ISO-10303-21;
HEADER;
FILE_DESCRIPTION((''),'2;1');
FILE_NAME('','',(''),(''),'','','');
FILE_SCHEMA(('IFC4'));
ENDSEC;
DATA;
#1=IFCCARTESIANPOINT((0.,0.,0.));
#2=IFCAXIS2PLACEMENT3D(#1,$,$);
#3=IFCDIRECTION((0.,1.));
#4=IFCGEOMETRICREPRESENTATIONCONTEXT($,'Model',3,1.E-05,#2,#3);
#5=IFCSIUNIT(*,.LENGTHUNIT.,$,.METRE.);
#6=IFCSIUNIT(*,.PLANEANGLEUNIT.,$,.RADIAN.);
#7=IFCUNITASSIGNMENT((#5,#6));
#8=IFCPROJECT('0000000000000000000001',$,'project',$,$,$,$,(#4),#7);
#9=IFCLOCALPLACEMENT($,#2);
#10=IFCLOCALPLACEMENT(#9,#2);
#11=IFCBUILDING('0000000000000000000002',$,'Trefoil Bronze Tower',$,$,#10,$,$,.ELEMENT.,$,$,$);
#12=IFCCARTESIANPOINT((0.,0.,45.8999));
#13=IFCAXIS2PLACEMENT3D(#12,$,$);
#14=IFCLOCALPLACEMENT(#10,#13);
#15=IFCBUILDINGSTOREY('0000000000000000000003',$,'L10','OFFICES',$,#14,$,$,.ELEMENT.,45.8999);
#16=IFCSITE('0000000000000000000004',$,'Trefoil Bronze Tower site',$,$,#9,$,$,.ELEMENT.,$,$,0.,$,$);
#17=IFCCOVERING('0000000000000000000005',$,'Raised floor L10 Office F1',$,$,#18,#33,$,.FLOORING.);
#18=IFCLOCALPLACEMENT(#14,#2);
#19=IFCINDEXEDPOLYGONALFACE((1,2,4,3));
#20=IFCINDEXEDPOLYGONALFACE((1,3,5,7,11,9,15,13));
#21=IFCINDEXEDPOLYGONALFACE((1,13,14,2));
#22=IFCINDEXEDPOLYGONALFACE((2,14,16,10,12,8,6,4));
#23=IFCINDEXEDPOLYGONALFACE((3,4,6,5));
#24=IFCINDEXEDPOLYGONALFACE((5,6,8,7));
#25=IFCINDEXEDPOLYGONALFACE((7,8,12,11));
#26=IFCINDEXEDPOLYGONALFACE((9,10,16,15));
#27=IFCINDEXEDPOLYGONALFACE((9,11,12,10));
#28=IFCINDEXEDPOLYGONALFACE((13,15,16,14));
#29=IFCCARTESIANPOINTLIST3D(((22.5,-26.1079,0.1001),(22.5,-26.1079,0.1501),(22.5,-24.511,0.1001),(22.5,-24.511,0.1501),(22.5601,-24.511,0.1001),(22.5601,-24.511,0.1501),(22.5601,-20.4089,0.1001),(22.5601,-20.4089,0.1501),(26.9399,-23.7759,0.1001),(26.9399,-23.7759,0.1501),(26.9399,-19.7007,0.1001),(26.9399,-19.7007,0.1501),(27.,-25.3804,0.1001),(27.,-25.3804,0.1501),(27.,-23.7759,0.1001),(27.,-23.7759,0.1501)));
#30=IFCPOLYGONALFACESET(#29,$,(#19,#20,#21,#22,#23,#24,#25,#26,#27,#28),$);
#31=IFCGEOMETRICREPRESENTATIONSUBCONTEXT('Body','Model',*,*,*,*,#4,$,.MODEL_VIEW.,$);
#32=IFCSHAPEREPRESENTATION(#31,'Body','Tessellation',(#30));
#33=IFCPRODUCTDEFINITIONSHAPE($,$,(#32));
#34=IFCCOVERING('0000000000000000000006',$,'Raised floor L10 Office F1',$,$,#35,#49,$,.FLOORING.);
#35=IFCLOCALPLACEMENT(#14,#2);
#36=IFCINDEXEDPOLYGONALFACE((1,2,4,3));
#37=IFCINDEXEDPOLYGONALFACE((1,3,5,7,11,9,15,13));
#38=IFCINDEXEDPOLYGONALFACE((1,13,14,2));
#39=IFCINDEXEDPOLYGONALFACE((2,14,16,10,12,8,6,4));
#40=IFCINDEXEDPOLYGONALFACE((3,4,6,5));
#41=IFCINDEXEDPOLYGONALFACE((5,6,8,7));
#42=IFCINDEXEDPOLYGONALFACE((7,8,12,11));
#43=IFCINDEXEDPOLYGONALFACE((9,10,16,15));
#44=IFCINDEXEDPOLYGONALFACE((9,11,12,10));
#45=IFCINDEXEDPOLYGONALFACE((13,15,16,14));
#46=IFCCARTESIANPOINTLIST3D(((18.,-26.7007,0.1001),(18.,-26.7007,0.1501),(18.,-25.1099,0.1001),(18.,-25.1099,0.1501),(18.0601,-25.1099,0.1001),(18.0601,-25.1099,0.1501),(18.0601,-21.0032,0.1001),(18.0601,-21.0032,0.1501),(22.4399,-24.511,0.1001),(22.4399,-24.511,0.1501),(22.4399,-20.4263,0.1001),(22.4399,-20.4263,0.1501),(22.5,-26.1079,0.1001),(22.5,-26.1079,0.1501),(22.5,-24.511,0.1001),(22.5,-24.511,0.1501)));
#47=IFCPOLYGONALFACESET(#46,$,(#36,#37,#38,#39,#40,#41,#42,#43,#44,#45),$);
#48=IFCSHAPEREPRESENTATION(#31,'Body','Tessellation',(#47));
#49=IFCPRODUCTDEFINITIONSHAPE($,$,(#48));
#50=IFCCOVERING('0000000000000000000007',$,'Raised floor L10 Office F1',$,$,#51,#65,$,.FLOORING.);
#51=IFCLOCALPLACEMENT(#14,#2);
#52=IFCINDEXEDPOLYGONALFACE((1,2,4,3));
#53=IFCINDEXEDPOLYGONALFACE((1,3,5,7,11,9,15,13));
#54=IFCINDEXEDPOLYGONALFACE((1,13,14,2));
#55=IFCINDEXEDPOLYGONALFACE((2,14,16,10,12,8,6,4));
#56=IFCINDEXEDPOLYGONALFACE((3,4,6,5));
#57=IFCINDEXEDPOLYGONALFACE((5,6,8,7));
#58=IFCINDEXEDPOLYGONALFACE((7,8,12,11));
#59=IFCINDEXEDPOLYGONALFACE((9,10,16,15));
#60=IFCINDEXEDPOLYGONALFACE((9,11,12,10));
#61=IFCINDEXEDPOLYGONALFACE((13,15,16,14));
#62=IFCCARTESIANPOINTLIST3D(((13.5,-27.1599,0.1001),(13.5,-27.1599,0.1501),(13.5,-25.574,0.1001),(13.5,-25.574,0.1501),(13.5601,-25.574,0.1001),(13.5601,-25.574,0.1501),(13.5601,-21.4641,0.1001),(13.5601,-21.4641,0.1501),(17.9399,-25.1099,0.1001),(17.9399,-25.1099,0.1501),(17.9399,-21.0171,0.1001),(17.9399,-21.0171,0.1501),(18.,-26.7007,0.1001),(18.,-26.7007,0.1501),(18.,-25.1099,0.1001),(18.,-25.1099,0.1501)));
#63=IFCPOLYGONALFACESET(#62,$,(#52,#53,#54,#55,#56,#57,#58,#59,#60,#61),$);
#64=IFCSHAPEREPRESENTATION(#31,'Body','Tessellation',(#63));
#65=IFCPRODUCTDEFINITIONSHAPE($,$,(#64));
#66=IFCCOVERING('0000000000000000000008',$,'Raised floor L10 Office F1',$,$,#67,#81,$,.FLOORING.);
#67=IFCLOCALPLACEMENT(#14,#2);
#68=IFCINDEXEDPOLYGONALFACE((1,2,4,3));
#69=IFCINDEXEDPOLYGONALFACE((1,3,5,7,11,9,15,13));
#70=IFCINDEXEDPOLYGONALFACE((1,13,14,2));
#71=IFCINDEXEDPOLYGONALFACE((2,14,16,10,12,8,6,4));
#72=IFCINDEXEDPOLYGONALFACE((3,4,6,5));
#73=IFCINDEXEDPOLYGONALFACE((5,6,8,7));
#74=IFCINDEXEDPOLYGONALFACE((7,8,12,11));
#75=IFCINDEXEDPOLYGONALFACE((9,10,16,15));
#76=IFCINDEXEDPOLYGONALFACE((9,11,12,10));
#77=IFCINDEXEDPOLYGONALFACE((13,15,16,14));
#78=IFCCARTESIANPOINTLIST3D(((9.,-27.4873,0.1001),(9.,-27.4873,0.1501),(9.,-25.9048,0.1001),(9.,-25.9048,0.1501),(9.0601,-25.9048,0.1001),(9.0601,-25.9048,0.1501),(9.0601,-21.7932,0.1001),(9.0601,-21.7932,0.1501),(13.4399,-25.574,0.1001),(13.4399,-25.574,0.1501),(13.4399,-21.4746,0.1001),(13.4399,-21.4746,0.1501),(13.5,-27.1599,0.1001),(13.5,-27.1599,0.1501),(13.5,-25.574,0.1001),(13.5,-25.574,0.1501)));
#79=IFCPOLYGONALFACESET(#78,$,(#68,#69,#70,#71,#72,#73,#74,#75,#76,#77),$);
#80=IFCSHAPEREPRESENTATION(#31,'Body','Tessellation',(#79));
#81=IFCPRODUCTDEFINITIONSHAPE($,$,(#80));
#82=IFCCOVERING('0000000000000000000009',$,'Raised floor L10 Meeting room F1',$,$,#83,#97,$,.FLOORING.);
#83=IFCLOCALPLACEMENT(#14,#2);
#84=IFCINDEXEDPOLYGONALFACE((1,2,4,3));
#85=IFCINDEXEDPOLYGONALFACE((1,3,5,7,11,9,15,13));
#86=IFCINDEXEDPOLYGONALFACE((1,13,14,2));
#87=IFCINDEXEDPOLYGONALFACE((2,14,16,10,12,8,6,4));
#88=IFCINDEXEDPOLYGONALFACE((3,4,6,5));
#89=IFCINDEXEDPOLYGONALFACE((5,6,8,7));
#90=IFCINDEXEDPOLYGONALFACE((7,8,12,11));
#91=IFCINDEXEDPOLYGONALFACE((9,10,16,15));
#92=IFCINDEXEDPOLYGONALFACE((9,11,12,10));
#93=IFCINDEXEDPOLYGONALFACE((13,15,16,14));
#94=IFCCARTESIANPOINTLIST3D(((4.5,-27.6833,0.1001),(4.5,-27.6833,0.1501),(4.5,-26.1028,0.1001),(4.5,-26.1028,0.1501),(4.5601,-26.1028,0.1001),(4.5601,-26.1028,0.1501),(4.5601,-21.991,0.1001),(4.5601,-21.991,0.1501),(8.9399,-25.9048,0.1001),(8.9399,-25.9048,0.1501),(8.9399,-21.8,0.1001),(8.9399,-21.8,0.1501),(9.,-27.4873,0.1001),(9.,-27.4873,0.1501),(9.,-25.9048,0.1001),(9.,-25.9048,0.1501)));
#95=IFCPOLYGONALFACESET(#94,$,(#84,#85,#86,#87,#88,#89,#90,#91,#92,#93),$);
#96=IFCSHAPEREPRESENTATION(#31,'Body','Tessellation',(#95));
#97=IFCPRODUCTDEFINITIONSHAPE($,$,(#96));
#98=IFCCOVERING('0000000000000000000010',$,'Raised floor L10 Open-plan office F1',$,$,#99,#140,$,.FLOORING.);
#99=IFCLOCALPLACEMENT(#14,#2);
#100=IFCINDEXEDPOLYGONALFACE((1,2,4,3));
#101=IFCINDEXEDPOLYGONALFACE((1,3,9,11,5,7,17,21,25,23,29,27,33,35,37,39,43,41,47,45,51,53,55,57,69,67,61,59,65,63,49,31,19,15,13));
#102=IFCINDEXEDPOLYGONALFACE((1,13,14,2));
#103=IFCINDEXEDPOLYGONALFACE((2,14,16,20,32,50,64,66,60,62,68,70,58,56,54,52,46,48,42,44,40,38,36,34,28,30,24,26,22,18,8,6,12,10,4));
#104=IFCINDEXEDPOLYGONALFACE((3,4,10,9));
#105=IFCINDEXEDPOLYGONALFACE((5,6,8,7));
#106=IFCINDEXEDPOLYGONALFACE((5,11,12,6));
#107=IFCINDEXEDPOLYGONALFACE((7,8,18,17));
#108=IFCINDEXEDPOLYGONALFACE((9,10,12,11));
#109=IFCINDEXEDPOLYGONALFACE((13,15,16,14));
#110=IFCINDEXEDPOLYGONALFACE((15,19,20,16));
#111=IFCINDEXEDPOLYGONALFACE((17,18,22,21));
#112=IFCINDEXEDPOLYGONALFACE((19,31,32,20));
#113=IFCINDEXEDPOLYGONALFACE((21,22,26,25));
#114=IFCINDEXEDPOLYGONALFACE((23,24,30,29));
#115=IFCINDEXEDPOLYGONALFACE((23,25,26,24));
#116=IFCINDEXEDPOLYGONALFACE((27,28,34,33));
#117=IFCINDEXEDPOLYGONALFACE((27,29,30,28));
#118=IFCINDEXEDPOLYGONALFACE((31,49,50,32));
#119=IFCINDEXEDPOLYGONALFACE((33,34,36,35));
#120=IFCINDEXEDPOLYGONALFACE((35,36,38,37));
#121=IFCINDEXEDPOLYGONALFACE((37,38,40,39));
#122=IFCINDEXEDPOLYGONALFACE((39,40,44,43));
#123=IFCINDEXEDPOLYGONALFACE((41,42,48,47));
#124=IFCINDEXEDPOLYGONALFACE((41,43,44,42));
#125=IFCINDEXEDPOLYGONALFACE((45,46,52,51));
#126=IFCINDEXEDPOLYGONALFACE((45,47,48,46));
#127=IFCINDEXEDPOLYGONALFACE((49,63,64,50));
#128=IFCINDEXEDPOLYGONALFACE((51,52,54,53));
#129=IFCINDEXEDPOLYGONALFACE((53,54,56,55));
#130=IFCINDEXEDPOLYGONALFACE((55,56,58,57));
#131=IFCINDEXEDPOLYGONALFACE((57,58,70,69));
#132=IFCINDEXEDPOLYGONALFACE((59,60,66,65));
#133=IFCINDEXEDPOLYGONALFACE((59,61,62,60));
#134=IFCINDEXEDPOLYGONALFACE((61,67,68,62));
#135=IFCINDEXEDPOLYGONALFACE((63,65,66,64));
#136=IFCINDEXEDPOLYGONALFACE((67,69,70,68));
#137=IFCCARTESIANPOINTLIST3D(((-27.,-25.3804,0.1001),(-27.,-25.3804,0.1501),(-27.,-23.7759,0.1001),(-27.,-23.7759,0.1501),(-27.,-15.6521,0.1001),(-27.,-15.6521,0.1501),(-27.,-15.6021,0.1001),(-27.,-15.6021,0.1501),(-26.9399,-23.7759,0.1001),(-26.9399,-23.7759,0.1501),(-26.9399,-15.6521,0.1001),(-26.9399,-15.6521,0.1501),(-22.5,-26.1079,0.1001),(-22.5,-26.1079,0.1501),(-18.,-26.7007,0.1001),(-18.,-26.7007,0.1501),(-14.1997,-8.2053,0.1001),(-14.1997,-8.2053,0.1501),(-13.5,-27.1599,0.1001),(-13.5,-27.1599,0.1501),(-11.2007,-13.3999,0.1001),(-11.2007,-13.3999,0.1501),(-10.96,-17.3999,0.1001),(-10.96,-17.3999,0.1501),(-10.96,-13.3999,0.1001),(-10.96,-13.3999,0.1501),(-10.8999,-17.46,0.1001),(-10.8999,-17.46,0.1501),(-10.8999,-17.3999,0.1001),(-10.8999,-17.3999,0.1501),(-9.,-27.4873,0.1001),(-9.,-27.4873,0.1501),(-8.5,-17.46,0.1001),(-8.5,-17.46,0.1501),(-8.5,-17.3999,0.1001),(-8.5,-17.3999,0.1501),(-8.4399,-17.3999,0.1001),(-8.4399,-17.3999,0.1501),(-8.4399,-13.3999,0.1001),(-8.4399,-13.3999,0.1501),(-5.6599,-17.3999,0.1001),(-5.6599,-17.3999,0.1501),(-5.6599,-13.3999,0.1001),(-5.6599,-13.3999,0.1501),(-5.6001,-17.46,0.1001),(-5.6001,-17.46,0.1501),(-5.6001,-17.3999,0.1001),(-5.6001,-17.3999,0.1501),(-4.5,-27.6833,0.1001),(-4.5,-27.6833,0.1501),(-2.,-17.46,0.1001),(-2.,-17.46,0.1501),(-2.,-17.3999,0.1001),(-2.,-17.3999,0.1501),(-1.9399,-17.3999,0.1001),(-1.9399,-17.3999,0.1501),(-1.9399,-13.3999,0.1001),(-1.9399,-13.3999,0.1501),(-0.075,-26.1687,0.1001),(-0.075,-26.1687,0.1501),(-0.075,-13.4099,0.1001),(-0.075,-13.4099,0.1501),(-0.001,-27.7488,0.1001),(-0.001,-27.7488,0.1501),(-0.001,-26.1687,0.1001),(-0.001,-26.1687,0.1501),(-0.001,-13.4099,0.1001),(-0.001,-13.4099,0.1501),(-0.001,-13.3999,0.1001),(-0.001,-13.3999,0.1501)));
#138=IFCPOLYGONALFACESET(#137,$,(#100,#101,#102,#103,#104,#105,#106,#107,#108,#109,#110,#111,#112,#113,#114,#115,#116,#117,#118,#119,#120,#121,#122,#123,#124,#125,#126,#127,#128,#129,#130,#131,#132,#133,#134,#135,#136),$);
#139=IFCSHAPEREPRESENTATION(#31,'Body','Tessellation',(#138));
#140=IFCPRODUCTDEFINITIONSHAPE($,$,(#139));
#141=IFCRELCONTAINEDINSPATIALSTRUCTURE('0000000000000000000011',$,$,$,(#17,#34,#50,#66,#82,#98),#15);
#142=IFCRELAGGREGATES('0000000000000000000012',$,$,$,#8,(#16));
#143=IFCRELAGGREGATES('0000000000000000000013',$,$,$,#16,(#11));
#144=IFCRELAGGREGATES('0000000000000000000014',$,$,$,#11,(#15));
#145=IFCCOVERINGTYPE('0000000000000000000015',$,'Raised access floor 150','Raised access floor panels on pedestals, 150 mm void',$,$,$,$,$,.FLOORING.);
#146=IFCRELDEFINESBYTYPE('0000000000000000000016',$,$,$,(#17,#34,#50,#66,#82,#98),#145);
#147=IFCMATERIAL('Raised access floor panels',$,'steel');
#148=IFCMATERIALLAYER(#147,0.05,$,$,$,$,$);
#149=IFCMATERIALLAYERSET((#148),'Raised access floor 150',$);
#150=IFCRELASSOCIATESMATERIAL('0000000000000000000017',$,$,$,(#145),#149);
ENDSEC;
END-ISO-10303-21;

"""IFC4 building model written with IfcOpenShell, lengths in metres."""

from ifc_helpers import new_model, si_unit, direction, frame, origin, place, context, subcontext, project, spatial, polyline, outline, extrude, material, layer, layer_set, type_object, element, save


model = new_model("IFC4")

# Units and contexts
model_context = context("Model", 3, precision=1e-05, world=origin(), true_north=direction((0.0, 1.0)))
body_context = subcontext(model_context, "Body", "Model", "MODEL_VIEW")
ifc_project = project(units=[si_unit("LENGTHUNIT", "METRE"), si_unit("PLANEANGLEUNIT", "RADIAN")], contexts=[model_context])

# Site, building, storey
site_placement = place(None, origin())
site = spatial("IfcSite", under=ifc_project, at=site_placement, Name="Trefoil Bronze Tower site", CompositionType="ELEMENT", RefElevation=0.0)
building_placement = place(site_placement, origin())
building = spatial("IfcBuilding", under=site, at=building_placement, Name="Trefoil Bronze Tower", CompositionType="ELEMENT")
storey_placement = place(building_placement, frame((0.0, 0.0, 45.8999)))
storey = spatial("IfcBuildingStorey", under=building, at=storey_placement, Name="L10", Description="OFFICES", CompositionType="ELEMENT", Elevation=45.8999)

# Coverings
ifc_material_1 = material(Name="Raised access floor panels", Category="steel")
ifc_layer_1 = layer(ifc_material_1, 0.05)
ifc_layer_set_1 = layer_set([ifc_layer_1], Name="Raised access floor 150")
covering_type_1 = type_object("IfcCoveringType", Name="Raised access floor 150", Description="Raised access floor panels on pedestals, 150 mm void", PredefinedType="FLOORING", material=ifc_layer_set_1)
covering_1_placement = place(storey_placement, frame((0.0, 0.0, 0.1001)))
element("IfcCovering", 1, at=covering_1_placement, inside=storey, type_object=covering_type_1, Name="Raised floor L10 Office F1", PredefinedType="FLOORING", context=body_context, shape_type="SweptSolid", body=[
    extrude(outline(polyline([(27.0, -25.3804), (22.5, -26.1079), (22.5, -24.511), (22.5601, -24.511), (22.5601, -20.4089), (26.9399, -19.7007), (26.9399, -23.7759), (27.0, -23.7759), (27.0, -25.3804)])), origin(), (0.0, 0.0, 1.0), 0.05),
])
covering_2_placement = place(storey_placement, frame((0.0, 0.0, 0.1001)))
element("IfcCovering", 2, at=covering_2_placement, inside=storey, type_object=covering_type_1, Name="Raised floor L10 Office F1", PredefinedType="FLOORING", context=body_context, shape_type="SweptSolid", body=[
    extrude(outline(polyline([(22.5, -26.1079), (18.0, -26.7007), (18.0, -25.1099), (18.0601, -25.1099), (18.0601, -21.0032), (22.4399, -20.4263), (22.4399, -24.511), (22.5, -24.511), (22.5, -26.1079)])), origin(), (0.0, 0.0, 1.0), 0.05),
])
covering_3_placement = place(storey_placement, frame((0.0, 0.0, 0.1001)))
element("IfcCovering", 3, at=covering_3_placement, inside=storey, type_object=covering_type_1, Name="Raised floor L10 Office F1", PredefinedType="FLOORING", context=body_context, shape_type="SweptSolid", body=[
    extrude(outline(polyline([(18.0, -26.7007), (13.5, -27.1599), (13.5, -25.574), (13.5601, -25.574), (13.5601, -21.4641), (17.9399, -21.0171), (17.9399, -25.1099), (18.0, -25.1099), (18.0, -26.7007)])), origin(), (0.0, 0.0, 1.0), 0.05),
])
covering_4_placement = place(storey_placement, frame((0.0, 0.0, 0.1001)))
element("IfcCovering", 4, at=covering_4_placement, inside=storey, type_object=covering_type_1, Name="Raised floor L10 Office F1", PredefinedType="FLOORING", context=body_context, shape_type="SweptSolid", body=[
    extrude(outline(polyline([(13.5, -27.1599), (9.0, -27.4873), (9.0, -25.9048), (9.0601, -25.9048), (9.0601, -21.7932), (13.4399, -21.4746), (13.4399, -25.574), (13.5, -25.574), (13.5, -27.1599)])), origin(), (0.0, 0.0, 1.0), 0.05),
])
covering_5_placement = place(storey_placement, frame((0.0, 0.0, 0.1001)))
element("IfcCovering", 5, at=covering_5_placement, inside=storey, type_object=covering_type_1, Name="Raised floor L10 Meeting room F1", PredefinedType="FLOORING", context=body_context, shape_type="SweptSolid", body=[
    extrude(outline(polyline([(9.0, -27.4873), (4.5, -27.6833), (4.5, -26.1028), (4.5601, -26.1028), (4.5601, -21.991), (8.9399, -21.8), (8.9399, -25.9048), (9.0, -25.9048), (9.0, -27.4873)])), origin(), (0.0, 0.0, 1.0), 0.05),
])
covering_6_placement = place(storey_placement, frame((0.0, 0.0, 0.1001)))
element("IfcCovering", 6, at=covering_6_placement, inside=storey, type_object=covering_type_1, Name="Raised floor L10 Open-plan office F1", PredefinedType="FLOORING", context=body_context, shape_type="SweptSolid", body=[
    extrude(outline(polyline([(-14.1997, -8.2053), (-11.2007, -13.3999), (-10.96, -13.3999), (-10.96, -17.3999), (-10.8999, -17.3999), (-10.8999, -17.46), (-8.5, -17.46), (-8.5, -17.3999), (-8.4399, -17.3999), (-8.4399, -13.3999), (-5.6599, -13.3999), (-5.6599, -17.3999), (-5.6001, -17.3999), (-5.6001, -17.46), (-2.0, -17.46), (-2.0, -17.3999), (-1.9399, -17.3999), (-1.9399, -13.3999), (-0.001, -13.3999), (-0.001, -13.4099), (-0.075, -13.4099), (-0.075, -26.1687), (-0.001, -26.1687), (-0.001, -27.7488), (-4.5, -27.6833), (-9.0, -27.4873), (-13.5, -27.1599), (-18.0, -26.7007), (-22.5, -26.1079), (-27.0, -25.3804), (-27.0, -23.7759), (-26.9399, -23.7759), (-26.9399, -15.6521), (-27.0, -15.6521), (-27.0, -15.6021), (-14.1997, -8.2053)])), origin(), (0.0, 0.0, 1.0), 0.05),
])

save(model, "model.ifc")
